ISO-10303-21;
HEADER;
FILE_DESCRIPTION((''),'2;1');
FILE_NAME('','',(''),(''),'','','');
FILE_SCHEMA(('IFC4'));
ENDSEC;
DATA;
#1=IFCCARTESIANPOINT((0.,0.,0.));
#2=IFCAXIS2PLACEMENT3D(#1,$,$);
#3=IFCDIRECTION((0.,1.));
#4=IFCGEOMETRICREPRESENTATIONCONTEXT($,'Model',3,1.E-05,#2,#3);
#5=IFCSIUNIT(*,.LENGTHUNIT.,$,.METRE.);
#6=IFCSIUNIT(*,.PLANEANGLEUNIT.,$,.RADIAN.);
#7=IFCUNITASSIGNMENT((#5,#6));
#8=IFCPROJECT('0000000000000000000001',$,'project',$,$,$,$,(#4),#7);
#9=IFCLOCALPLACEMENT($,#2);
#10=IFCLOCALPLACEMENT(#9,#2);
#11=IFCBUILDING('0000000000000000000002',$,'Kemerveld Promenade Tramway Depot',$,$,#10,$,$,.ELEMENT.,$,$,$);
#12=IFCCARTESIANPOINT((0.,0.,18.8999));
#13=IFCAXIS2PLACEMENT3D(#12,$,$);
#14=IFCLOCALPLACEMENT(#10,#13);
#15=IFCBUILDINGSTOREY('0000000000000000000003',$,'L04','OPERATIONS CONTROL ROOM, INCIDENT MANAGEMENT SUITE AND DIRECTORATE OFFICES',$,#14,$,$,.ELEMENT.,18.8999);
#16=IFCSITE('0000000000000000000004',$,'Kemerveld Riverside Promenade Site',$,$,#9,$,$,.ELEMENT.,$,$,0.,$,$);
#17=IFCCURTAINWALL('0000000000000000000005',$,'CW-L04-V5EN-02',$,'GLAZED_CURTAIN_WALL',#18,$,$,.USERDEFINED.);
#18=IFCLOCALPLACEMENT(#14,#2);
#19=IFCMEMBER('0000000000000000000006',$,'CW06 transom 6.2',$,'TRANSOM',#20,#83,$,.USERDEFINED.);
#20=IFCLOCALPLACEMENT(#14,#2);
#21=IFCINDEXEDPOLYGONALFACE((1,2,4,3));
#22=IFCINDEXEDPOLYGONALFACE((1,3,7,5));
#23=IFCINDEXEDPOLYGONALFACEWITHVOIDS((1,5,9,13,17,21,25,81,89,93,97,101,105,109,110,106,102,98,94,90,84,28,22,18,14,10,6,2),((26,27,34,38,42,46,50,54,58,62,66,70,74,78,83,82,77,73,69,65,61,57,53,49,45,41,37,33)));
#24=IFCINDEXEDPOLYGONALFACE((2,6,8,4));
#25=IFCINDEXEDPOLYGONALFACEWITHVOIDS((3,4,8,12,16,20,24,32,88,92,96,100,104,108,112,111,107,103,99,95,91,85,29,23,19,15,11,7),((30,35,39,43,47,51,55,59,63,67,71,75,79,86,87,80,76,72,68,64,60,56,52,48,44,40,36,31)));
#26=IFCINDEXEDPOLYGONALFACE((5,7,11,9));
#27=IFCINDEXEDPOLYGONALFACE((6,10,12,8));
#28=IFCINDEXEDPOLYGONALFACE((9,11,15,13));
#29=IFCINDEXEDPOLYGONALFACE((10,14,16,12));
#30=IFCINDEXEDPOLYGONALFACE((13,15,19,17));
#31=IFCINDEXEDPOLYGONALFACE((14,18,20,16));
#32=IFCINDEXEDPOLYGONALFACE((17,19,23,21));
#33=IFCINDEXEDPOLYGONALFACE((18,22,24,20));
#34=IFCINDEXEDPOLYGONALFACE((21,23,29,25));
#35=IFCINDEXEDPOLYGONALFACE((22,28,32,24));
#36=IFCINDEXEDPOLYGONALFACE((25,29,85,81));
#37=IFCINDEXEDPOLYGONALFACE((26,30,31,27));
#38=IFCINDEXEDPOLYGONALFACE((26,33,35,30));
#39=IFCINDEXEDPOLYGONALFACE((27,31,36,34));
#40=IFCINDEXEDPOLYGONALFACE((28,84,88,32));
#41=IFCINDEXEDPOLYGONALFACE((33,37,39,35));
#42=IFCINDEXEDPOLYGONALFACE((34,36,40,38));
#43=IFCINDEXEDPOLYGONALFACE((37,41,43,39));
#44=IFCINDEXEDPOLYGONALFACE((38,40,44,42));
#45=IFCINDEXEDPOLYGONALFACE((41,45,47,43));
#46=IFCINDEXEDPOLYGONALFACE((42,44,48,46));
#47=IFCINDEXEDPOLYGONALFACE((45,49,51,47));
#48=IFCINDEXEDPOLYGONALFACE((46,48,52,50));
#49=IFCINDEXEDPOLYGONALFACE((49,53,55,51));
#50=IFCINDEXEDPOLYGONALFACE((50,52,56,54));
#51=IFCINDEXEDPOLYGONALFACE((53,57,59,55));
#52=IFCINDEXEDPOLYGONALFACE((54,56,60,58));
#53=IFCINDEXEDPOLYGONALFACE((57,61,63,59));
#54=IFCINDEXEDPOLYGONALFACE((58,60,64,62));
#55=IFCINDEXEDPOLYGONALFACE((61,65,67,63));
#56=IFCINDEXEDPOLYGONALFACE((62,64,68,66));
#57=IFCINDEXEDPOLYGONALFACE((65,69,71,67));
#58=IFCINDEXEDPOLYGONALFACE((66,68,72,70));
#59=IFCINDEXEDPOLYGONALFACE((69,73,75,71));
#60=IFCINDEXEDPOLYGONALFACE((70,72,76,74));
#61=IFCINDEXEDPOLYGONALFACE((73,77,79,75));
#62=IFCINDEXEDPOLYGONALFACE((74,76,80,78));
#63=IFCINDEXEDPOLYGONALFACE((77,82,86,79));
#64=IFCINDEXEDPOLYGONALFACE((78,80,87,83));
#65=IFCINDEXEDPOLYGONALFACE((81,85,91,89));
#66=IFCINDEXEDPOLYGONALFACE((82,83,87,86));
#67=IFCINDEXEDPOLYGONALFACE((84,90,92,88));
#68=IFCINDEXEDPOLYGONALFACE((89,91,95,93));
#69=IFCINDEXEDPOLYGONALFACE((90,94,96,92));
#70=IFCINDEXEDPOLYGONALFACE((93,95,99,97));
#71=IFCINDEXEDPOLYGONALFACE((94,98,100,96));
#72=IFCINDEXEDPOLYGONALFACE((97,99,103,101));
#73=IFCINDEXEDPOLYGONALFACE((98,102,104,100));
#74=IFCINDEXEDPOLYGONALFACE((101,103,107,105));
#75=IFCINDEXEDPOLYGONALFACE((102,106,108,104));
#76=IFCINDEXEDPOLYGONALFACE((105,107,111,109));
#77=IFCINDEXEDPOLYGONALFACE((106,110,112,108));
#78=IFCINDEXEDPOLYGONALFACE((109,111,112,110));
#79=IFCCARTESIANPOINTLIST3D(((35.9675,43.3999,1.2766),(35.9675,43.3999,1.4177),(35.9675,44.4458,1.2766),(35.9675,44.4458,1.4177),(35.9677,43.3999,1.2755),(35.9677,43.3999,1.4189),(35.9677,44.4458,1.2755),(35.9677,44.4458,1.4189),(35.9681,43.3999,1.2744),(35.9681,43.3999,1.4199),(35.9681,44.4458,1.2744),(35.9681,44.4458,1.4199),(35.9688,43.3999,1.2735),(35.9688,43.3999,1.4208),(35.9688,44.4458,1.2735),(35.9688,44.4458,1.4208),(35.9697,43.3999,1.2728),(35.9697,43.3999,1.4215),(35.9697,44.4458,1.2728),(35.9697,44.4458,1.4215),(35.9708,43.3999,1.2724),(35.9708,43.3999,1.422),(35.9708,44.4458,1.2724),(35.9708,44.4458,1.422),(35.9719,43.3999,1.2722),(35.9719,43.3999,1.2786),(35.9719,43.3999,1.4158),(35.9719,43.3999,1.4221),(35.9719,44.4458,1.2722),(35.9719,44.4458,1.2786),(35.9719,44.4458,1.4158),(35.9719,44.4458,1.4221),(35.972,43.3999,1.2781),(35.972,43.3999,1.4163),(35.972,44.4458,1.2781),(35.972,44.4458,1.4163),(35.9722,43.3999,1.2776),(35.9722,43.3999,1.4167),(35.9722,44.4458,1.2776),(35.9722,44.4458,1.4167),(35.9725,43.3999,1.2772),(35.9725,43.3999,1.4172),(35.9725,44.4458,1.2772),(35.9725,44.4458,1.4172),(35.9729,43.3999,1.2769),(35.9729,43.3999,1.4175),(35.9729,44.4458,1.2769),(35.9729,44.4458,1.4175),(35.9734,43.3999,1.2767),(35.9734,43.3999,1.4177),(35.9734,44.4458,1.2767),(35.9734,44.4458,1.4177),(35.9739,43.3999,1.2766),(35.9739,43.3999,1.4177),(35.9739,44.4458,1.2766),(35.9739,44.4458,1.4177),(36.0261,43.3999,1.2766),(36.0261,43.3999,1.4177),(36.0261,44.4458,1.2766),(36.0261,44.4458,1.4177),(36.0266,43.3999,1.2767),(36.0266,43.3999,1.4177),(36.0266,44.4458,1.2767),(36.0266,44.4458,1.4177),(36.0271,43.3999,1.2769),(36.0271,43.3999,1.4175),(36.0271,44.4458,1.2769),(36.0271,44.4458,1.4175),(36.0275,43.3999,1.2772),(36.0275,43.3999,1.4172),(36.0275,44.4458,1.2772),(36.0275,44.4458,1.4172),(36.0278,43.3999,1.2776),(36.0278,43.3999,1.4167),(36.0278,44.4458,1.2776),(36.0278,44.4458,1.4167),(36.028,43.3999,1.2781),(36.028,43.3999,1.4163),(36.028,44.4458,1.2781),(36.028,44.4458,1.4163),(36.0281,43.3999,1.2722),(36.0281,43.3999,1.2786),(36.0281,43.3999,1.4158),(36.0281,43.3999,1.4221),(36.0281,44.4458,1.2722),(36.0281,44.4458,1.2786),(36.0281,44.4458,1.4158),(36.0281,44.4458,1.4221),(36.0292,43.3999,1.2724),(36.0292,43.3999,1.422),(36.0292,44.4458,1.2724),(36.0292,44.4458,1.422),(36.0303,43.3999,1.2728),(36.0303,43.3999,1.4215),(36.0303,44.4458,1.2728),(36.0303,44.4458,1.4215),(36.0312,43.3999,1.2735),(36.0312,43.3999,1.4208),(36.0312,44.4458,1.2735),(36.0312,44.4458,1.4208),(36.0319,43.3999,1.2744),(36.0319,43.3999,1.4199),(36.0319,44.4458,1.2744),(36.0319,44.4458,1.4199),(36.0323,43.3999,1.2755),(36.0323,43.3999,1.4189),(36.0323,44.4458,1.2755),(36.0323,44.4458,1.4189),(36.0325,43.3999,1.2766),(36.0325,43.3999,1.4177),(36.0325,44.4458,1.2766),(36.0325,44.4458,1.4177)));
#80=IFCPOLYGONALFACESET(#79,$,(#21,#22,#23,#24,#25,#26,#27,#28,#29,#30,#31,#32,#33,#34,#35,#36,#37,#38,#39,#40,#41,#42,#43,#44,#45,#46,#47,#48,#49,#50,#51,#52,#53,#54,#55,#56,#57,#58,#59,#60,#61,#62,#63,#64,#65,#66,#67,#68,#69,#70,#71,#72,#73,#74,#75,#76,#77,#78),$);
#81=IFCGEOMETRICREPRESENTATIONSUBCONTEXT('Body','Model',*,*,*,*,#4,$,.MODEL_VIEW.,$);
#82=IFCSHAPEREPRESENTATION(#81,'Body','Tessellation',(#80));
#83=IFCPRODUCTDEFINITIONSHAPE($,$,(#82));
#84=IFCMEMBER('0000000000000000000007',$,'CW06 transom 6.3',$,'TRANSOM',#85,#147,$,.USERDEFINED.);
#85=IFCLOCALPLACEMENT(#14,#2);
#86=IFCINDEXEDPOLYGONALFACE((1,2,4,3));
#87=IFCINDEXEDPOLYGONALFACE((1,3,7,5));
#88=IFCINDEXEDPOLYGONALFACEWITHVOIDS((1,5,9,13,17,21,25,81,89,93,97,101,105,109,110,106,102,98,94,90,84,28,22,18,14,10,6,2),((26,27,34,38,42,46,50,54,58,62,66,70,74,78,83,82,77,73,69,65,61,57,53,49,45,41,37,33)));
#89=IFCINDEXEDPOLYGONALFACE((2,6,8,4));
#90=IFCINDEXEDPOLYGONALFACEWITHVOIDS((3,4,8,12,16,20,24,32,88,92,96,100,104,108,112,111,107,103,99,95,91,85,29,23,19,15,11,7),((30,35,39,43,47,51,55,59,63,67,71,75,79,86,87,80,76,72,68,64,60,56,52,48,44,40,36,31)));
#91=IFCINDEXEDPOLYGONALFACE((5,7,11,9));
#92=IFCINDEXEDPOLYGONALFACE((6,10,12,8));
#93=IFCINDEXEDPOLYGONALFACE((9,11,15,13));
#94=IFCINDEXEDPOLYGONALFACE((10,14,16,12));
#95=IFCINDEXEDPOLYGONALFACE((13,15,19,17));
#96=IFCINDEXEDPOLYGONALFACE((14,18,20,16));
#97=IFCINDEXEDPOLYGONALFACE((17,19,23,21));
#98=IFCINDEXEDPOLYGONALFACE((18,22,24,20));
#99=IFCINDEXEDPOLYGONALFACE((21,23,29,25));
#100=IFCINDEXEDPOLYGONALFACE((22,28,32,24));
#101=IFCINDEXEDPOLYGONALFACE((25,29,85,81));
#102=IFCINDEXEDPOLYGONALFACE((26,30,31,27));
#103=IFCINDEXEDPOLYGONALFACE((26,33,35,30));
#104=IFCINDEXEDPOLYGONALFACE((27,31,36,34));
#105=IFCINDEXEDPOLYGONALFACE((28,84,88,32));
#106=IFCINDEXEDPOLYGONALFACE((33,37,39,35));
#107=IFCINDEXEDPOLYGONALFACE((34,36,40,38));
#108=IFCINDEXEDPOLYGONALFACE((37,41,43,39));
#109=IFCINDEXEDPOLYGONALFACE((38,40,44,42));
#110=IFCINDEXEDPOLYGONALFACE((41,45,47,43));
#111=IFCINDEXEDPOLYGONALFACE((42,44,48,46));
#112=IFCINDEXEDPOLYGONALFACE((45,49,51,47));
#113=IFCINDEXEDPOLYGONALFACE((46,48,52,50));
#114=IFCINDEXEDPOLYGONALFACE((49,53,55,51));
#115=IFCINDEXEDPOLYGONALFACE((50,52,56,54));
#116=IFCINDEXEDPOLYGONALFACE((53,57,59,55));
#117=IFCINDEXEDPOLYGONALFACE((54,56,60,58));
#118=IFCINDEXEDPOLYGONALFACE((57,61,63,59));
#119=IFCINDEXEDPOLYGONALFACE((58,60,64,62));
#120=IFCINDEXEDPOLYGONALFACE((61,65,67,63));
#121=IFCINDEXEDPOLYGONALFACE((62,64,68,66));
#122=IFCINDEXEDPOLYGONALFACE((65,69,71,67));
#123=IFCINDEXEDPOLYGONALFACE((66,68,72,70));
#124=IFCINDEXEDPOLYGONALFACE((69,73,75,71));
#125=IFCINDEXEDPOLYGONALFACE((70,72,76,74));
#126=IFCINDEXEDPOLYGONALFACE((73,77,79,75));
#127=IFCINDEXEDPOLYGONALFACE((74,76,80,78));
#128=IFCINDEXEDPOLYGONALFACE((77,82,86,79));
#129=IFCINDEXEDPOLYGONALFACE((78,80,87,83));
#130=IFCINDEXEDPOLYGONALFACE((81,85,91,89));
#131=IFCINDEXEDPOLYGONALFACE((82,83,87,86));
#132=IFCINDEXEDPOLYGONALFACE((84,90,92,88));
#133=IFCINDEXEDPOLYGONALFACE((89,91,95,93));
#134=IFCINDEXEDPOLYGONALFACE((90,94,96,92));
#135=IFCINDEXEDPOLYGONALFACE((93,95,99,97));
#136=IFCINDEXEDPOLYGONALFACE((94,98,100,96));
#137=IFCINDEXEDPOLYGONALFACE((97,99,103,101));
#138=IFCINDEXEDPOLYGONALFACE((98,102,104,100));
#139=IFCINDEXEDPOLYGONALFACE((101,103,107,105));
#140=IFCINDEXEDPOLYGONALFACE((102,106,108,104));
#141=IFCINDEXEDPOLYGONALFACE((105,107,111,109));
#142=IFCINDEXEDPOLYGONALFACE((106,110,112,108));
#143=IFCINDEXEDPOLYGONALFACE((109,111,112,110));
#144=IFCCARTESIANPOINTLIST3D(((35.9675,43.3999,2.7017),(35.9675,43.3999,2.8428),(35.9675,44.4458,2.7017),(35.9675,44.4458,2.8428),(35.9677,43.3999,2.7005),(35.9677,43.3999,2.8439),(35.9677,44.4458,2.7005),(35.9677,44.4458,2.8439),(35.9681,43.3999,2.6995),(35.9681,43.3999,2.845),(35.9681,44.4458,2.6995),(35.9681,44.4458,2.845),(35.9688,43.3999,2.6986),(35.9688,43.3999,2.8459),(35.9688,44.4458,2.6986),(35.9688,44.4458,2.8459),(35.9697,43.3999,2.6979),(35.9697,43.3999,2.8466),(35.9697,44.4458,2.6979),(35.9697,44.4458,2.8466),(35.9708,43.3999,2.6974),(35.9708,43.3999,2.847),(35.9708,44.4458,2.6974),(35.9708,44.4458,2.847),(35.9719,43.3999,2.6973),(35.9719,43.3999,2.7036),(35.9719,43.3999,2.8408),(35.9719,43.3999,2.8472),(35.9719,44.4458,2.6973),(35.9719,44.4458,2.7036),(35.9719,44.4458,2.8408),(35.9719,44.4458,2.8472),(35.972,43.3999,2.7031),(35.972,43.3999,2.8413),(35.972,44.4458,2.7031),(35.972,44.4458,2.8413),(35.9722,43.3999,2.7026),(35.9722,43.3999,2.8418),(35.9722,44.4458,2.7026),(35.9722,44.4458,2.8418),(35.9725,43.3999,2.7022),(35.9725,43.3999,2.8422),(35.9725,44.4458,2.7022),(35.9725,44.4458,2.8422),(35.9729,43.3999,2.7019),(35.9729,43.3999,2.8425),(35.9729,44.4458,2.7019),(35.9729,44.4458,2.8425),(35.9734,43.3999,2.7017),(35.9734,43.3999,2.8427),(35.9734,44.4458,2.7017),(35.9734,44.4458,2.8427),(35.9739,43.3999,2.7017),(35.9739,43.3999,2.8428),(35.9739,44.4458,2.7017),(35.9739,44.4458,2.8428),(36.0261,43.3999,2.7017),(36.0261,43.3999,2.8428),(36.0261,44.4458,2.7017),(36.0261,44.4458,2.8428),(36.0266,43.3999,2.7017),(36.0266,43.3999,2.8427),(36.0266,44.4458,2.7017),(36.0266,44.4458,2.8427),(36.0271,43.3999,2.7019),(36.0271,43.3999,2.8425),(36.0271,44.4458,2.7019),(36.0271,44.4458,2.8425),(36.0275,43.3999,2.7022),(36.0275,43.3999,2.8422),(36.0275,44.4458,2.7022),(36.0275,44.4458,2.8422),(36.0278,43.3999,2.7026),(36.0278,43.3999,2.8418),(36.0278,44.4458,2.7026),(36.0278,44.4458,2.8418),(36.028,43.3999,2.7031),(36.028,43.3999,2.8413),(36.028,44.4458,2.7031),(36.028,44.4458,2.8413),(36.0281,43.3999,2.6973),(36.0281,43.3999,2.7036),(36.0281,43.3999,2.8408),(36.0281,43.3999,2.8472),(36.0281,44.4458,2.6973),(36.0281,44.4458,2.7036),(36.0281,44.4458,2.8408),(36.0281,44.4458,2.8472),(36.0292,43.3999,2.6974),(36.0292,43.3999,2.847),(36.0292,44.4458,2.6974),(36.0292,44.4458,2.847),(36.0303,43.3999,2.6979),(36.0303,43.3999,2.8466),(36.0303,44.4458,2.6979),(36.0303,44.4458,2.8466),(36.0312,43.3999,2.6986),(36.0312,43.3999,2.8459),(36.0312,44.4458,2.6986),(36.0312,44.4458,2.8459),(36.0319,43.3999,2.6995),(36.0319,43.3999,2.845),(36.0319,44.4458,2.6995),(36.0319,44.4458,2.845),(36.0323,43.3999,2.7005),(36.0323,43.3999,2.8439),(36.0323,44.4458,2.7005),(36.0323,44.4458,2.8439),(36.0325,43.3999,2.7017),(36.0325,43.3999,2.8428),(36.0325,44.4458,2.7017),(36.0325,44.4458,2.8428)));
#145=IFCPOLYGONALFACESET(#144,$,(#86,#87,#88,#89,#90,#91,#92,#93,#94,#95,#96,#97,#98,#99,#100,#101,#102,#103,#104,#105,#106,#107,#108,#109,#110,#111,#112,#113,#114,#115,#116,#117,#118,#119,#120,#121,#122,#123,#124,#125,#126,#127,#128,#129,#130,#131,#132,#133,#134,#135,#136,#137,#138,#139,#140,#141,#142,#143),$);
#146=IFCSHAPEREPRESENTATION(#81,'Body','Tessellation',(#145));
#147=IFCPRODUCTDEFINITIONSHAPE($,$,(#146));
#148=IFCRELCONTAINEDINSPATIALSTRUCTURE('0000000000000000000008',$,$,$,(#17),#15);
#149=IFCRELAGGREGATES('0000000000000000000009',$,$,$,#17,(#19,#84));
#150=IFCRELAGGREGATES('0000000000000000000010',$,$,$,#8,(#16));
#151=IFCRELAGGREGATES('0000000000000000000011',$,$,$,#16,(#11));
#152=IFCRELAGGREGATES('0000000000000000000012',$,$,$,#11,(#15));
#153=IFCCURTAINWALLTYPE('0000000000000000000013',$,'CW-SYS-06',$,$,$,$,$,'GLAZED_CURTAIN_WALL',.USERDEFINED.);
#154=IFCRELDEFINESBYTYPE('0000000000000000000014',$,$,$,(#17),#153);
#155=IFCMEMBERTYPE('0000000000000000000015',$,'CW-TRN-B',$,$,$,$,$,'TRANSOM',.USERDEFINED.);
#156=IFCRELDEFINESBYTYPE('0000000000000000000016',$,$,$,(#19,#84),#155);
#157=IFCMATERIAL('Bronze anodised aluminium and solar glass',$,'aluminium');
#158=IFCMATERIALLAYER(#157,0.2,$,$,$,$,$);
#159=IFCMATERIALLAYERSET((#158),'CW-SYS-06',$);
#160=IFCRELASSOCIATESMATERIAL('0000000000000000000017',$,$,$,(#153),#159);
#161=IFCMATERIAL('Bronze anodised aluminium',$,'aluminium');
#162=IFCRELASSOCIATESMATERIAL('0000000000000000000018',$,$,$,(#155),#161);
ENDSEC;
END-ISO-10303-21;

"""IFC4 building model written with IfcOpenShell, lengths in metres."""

from ifc_helpers import new_model, si_unit, direction, frame, origin, origin_2d, place, context, subcontext, project, spatial, hollow_rectangle, extrude, material, layer, layer_set, material_profile, profile_set, type_object, element, aggregate, save


model = new_model("IFC4")

# Units and contexts
model_context = context("Model", 3, precision=1e-05, world=origin(), true_north=direction((0.0, 1.0)))
body_context = subcontext(model_context, "Body", "Model", "MODEL_VIEW")
ifc_project = project(units=[si_unit("LENGTHUNIT", "METRE"), si_unit("PLANEANGLEUNIT", "RADIAN")], contexts=[model_context])

# Site, building, storey
site_placement = place(None, origin())
site = spatial("IfcSite", under=ifc_project, at=site_placement, Name="Kemerveld Riverside Promenade Site", CompositionType="ELEMENT", RefElevation=0.0)
building_placement = place(site_placement, origin())
building = spatial("IfcBuilding", under=site, at=building_placement, Name="Kemerveld Promenade Tramway Depot", CompositionType="ELEMENT")
storey_placement = place(building_placement, frame((0.0, 0.0, 18.8999)))
storey = spatial("IfcBuildingStorey", under=building, at=storey_placement, Name="L04", Description="OPERATIONS CONTROL ROOM, INCIDENT MANAGEMENT SUITE AND DIRECTORATE OFFICES", CompositionType="ELEMENT", Elevation=18.8999)

# Curtain wall, members
ifc_material_1 = material(Name="Bronze anodised aluminium and solar glass", Category="aluminium")
ifc_layer_1 = layer(ifc_material_1, 0.2)
ifc_layer_set_1 = layer_set([ifc_layer_1], Name="CW-SYS-06")
curtain_wall_type = type_object("IfcCurtainWallType", Name="CW-SYS-06", ElementType="GLAZED_CURTAIN_WALL", PredefinedType="USERDEFINED", material=ifc_layer_set_1)
curtain_wall_placement = place(storey_placement, origin())
curtain_wall = element("IfcCurtainWall", 1, at=curtain_wall_placement, inside=storey, type_object=curtain_wall_type, Name="CW-L04-V5EN-02", ObjectType="GLAZED_CURTAIN_WALL", PredefinedType="USERDEFINED")
ifc_material_2 = material(Name="Bronze anodised aluminium", Category="aluminium")
ifc_material_profile_1 = material_profile(ifc_material_2, hollow_rectangle(XDim=0.0649, YDim=0.1499, WallThickness=0.0044, InnerFilletRadius=0.002, OuterFilletRadius=0.0044, at=origin_2d()), Name="CW-TRN-150x65")
ifc_profile_set_1 = profile_set([ifc_material_profile_1], Name="Bronze anodised aluminium")
member_type_1 = type_object("IfcMemberType", Name="CW-TRN-B", ElementType="TRANSOM", PredefinedType="USERDEFINED", material=ifc_profile_set_1)
member_1_placement = place(storey_placement, frame((36.0, 44.4458, 1.3472), z_axis=(0.0, -1.0, 0.0), x_axis=(1.0, 0.0, 0.0)))
member_1 = element("IfcMember", 2, at=member_1_placement, type_object=member_type_1, Name="CW06 transom 6.2", ObjectType="TRANSOM", PredefinedType="USERDEFINED", context=body_context, shape_type="SweptSolid", body=[
    extrude(hollow_rectangle(XDim=0.0649, YDim=0.1499, WallThickness=0.0044, InnerFilletRadius=0.002, OuterFilletRadius=0.0044, at=origin_2d()), origin(), (0.0, 0.0, 1.0), 1.0459),
])
member_2_placement = place(storey_placement, frame((36.0, 44.4458, 2.7722), z_axis=(0.0, -1.0, 0.0), x_axis=(1.0, 0.0, 0.0)))
member_2 = element("IfcMember", 3, at=member_2_placement, type_object=member_type_1, Name="CW06 transom 6.3", ObjectType="TRANSOM", PredefinedType="USERDEFINED", context=body_context, shape_type="SweptSolid", body=[
    extrude(hollow_rectangle(XDim=0.0649, YDim=0.1499, WallThickness=0.0044, InnerFilletRadius=0.002, OuterFilletRadius=0.0044, at=origin_2d()), origin(), (0.0, 0.0, 1.0), 1.0459),
])
aggregate(curtain_wall, [member_1, member_2])

save(model, "model.ifc")
